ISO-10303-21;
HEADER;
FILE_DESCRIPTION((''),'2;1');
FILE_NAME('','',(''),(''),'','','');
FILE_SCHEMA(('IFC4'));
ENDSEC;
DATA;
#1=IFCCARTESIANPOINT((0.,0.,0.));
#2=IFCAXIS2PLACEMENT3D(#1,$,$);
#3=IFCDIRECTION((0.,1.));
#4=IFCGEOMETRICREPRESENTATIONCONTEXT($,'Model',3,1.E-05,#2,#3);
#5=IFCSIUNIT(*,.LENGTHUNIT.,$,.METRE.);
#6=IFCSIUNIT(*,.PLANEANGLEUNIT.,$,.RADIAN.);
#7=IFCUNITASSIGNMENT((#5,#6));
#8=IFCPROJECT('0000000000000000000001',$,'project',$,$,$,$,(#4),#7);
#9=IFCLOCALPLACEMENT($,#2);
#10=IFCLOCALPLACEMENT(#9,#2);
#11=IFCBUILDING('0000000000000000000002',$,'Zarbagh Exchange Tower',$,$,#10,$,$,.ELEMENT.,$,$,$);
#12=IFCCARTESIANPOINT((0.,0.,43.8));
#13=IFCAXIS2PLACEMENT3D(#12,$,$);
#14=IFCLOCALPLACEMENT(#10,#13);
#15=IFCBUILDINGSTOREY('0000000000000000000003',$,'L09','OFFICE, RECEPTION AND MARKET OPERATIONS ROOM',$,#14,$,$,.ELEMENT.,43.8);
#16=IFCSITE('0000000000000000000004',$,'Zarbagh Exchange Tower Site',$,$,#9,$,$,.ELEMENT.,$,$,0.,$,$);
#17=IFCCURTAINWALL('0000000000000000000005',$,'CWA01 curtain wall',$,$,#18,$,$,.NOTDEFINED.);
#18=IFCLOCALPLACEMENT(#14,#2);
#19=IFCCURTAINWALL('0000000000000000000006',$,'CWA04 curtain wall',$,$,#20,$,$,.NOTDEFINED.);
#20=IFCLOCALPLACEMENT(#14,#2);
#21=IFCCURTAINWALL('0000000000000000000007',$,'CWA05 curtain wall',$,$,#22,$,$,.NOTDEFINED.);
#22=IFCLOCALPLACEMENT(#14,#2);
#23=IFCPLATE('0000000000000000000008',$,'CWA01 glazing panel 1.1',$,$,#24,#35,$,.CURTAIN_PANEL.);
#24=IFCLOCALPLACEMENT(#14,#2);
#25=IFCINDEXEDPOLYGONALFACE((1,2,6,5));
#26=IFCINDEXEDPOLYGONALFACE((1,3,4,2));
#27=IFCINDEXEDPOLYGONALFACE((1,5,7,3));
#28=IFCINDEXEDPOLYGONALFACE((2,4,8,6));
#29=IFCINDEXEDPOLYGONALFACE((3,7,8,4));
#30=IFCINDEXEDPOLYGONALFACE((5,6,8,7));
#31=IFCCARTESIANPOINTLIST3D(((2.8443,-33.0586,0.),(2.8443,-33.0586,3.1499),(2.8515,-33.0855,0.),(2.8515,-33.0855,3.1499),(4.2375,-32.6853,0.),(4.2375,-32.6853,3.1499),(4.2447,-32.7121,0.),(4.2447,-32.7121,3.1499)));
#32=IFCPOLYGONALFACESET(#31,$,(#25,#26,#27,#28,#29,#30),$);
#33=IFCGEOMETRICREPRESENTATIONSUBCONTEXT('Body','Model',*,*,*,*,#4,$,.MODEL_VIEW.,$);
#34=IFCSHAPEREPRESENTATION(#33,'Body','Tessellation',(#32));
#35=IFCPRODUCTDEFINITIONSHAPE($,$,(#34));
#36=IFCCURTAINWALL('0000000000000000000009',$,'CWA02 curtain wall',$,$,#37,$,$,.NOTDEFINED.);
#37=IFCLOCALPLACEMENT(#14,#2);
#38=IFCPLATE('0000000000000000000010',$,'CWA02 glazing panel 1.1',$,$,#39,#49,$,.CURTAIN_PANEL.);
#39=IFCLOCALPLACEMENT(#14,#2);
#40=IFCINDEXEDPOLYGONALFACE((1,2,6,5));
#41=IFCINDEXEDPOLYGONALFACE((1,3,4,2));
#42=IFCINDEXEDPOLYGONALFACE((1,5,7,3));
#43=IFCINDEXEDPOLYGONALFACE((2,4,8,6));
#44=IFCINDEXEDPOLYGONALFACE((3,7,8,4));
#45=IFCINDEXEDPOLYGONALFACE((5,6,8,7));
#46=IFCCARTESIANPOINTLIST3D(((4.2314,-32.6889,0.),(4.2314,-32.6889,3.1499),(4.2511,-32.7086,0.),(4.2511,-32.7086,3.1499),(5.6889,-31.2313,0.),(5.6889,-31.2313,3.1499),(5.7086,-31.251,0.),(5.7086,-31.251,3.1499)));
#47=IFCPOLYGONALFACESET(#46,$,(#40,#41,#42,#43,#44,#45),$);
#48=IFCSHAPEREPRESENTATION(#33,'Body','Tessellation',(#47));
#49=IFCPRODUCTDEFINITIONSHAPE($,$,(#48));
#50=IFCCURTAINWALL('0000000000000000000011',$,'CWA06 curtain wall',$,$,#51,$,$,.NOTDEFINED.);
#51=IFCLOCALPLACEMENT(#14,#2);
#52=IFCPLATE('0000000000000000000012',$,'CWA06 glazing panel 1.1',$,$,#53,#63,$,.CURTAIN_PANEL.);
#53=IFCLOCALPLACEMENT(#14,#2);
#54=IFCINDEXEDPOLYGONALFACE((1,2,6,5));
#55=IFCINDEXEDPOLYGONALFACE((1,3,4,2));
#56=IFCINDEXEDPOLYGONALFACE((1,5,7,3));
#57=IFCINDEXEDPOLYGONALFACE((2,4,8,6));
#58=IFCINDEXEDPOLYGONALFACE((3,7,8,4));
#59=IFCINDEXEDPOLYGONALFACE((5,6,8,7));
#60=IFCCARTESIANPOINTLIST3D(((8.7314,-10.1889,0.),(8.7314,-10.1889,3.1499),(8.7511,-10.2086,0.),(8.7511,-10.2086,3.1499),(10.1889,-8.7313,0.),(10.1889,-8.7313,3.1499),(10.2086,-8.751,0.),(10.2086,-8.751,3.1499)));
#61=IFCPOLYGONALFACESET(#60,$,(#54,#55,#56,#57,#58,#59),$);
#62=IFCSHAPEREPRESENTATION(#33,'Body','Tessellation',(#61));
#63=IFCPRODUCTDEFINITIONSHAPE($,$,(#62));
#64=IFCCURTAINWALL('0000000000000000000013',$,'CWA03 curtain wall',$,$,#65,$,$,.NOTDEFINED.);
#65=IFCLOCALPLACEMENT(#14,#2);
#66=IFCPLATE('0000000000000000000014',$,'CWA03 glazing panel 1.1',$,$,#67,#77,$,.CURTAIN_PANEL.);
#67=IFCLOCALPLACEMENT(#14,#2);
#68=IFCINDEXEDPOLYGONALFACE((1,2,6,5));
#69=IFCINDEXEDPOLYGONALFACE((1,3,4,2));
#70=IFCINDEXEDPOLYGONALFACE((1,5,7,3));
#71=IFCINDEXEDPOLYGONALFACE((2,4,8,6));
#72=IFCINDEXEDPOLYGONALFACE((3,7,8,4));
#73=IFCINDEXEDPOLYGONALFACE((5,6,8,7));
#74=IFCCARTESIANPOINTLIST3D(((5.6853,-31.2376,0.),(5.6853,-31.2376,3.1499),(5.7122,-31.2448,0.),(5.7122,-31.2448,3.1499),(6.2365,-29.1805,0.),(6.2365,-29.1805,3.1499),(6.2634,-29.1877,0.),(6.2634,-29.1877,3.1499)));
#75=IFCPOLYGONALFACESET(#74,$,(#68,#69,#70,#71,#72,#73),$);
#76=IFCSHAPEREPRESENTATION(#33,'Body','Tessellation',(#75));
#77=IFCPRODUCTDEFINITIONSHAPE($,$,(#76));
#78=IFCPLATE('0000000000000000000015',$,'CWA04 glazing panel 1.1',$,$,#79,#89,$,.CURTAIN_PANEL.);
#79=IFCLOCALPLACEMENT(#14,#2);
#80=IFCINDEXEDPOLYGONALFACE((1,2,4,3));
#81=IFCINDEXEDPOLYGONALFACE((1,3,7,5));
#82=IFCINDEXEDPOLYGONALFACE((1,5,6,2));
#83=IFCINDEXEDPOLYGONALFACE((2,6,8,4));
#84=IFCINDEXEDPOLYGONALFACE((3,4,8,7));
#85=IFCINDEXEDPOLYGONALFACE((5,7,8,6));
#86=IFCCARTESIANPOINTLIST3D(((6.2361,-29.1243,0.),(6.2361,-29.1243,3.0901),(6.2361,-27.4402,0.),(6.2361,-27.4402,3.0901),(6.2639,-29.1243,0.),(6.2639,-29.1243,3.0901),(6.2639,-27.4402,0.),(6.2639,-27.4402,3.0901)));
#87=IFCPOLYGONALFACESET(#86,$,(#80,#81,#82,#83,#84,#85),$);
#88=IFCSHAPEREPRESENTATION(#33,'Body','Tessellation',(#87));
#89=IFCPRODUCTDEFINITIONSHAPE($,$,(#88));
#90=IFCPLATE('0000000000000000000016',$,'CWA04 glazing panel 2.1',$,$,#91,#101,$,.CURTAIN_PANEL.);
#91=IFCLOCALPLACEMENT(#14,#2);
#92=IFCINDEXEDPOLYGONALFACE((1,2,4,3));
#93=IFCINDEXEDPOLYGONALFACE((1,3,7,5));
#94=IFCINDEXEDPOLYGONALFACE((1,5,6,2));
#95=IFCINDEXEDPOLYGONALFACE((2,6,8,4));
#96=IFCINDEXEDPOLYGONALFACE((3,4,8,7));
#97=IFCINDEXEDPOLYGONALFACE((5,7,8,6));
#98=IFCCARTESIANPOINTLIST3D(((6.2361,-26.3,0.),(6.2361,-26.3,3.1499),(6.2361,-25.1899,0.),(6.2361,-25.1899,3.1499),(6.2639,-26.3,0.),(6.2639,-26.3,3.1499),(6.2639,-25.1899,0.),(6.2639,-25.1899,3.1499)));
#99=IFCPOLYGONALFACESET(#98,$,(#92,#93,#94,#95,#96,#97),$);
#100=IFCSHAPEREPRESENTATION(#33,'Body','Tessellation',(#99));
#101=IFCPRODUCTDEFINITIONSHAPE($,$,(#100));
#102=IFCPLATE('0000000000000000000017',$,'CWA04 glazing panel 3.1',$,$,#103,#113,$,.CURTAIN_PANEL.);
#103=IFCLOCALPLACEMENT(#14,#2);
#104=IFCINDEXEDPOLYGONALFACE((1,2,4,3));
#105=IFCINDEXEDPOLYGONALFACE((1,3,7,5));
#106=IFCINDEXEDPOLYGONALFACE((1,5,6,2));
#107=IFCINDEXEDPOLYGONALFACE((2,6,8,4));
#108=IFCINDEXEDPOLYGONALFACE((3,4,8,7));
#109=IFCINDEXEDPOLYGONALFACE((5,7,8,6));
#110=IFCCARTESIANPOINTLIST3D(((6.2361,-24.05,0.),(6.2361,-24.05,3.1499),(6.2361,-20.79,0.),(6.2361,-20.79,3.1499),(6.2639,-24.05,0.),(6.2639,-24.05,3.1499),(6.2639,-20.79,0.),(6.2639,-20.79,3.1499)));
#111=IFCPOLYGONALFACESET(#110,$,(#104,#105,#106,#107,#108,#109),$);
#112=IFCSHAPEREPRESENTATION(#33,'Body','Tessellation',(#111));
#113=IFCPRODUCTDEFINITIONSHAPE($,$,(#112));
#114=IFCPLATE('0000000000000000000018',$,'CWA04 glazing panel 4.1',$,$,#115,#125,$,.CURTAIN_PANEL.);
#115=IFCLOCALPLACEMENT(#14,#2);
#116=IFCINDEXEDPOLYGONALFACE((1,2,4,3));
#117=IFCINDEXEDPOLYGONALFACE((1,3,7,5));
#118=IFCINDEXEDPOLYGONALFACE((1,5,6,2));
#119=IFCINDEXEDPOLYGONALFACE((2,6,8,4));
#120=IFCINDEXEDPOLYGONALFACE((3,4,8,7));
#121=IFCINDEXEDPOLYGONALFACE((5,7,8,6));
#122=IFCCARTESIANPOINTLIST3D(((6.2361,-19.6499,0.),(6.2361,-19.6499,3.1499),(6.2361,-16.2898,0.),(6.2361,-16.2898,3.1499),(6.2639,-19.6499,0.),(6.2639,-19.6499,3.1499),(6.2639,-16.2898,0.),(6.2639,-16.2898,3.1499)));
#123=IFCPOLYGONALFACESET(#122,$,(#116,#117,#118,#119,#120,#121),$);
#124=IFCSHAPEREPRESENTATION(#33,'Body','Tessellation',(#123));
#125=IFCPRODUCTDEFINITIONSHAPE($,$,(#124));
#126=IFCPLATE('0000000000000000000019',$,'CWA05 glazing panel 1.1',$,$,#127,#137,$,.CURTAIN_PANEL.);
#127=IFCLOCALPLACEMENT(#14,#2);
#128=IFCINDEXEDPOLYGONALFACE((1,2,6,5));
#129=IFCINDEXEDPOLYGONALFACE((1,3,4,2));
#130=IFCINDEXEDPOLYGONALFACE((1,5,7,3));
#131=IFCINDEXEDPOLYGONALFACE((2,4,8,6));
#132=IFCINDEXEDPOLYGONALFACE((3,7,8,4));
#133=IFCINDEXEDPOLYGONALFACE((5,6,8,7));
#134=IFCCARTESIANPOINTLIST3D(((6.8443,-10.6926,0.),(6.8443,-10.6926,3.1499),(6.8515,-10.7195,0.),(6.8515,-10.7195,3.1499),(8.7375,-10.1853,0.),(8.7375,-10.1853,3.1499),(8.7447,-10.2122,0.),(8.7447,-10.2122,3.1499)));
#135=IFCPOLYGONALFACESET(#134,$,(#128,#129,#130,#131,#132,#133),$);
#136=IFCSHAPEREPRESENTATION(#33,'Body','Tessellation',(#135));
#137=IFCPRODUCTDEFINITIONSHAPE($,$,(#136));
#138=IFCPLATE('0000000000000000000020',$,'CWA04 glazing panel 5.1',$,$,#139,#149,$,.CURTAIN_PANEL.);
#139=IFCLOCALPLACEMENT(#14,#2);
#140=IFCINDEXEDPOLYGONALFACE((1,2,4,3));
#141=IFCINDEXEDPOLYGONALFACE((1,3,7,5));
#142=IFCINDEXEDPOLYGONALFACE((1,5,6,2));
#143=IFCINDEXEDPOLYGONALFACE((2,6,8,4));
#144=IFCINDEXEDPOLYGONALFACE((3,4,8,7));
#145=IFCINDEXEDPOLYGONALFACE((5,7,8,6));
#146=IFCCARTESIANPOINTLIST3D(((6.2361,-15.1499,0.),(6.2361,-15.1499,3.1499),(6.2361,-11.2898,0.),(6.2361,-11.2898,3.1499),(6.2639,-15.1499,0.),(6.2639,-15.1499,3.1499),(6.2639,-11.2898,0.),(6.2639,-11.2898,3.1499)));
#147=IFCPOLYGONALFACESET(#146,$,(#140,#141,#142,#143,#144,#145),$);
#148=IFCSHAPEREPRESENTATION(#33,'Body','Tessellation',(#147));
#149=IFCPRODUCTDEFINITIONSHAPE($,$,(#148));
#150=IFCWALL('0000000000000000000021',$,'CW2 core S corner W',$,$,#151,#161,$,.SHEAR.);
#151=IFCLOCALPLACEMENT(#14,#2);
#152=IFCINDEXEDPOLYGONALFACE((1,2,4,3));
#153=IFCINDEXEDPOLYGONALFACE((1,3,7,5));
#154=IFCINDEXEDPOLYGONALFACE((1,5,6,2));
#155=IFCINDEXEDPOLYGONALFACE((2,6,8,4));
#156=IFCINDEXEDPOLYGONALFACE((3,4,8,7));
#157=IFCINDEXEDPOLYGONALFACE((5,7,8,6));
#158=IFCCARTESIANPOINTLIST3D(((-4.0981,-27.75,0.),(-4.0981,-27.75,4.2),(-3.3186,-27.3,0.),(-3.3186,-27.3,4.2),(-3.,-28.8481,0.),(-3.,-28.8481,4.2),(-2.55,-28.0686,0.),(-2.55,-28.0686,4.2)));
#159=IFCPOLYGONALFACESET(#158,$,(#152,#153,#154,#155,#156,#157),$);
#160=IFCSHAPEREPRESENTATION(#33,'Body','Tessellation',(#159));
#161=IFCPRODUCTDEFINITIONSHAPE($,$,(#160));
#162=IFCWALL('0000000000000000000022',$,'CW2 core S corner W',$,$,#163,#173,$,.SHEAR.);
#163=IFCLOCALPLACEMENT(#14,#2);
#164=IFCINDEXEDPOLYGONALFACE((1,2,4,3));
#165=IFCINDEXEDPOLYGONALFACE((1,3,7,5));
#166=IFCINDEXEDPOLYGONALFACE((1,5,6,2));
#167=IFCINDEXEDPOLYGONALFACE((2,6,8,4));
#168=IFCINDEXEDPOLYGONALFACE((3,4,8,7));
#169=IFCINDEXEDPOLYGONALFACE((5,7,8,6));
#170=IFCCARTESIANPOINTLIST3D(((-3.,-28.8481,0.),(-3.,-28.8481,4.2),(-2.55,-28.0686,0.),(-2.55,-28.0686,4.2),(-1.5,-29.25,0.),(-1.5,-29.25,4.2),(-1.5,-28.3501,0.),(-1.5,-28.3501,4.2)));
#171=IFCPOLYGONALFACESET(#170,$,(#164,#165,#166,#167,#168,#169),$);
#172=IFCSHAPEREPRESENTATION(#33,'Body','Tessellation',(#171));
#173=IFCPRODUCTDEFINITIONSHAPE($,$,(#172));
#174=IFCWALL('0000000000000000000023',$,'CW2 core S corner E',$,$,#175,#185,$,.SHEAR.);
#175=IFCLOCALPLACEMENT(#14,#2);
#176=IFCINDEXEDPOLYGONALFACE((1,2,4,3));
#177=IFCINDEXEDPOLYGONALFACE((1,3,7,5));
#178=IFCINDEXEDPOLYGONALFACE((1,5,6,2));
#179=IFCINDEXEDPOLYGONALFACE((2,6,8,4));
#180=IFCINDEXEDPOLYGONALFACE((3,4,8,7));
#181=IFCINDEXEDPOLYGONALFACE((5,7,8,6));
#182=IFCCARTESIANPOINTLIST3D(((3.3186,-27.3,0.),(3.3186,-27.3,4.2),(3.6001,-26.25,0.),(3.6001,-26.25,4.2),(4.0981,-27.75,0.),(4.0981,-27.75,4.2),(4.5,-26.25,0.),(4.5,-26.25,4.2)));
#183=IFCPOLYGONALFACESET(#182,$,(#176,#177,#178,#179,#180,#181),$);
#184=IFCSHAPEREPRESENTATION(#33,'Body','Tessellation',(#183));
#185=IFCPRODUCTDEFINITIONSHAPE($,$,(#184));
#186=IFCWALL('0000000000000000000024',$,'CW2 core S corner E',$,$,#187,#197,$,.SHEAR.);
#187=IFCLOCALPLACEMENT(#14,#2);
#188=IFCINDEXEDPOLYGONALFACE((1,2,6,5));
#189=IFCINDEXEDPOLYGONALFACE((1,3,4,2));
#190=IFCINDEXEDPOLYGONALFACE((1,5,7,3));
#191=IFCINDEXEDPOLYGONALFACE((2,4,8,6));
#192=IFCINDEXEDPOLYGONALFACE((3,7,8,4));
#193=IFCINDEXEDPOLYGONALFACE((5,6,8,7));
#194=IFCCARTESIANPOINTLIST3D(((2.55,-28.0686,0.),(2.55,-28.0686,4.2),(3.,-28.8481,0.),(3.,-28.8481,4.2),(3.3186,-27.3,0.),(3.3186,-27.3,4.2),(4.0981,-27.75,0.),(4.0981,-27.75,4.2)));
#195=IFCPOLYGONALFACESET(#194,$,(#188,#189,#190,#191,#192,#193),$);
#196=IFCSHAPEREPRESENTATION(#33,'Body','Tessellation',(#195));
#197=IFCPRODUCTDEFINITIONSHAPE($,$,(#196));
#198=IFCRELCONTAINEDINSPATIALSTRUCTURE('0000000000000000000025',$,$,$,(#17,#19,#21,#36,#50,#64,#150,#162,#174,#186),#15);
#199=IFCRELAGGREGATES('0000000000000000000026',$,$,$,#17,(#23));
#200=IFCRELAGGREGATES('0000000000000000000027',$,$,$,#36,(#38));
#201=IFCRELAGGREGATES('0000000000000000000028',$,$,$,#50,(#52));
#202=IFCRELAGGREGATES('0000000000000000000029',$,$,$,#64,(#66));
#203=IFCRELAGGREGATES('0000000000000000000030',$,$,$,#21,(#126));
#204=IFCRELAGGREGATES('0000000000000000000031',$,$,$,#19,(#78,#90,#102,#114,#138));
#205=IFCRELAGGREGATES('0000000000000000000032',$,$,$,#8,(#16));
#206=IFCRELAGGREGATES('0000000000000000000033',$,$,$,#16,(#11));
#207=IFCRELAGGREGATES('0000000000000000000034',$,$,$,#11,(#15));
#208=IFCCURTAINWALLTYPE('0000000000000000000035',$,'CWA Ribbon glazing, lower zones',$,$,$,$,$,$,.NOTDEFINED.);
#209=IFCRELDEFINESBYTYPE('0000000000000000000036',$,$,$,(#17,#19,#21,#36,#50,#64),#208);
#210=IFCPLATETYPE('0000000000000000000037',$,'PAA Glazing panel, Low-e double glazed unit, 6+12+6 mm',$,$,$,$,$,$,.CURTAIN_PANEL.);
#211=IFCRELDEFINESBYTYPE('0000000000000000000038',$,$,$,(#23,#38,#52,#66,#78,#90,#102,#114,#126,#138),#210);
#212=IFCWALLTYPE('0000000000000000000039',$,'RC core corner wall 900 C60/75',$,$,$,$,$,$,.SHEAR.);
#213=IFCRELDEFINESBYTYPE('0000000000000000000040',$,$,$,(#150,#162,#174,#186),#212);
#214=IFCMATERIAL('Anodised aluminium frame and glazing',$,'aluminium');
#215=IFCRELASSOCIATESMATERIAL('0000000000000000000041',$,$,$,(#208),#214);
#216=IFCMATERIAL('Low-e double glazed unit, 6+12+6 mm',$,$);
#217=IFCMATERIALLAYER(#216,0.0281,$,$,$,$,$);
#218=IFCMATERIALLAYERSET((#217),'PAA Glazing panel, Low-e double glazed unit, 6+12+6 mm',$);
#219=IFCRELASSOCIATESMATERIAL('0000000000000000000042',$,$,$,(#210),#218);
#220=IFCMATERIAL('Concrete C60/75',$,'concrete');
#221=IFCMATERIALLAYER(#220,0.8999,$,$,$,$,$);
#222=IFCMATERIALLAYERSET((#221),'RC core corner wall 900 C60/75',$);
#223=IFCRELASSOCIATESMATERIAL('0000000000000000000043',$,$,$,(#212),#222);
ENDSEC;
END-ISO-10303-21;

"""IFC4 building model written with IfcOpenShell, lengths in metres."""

from ifc_helpers import new_model, si_unit, direction, frame, origin, place, context, subcontext, project, spatial, polyline, outline, extrude, source, transform, mapped, material, layer, layer_set, type_object, element, aggregate, save


model = new_model("IFC4")

# Units and contexts
model_context = context("Model", 3, precision=1e-05, world=origin(), true_north=direction((0.0, 1.0)))
body_context = subcontext(model_context, "Body", "Model", "MODEL_VIEW")
ifc_project = project(units=[si_unit("LENGTHUNIT", "METRE"), si_unit("PLANEANGLEUNIT", "RADIAN")], contexts=[model_context])

# Site, building, storey
site_placement = place(None, origin())
site = spatial("IfcSite", under=ifc_project, at=site_placement, Name="Zarbagh Exchange Tower Site", CompositionType="ELEMENT", RefElevation=0.0)
building_placement = place(site_placement, origin())
building = spatial("IfcBuilding", under=site, at=building_placement, Name="Zarbagh Exchange Tower", CompositionType="ELEMENT")
storey_placement = place(building_placement, frame((0.0, 0.0, 43.8)))
storey = spatial("IfcBuildingStorey", under=building, at=storey_placement, Name="L09", Description="OFFICE, RECEPTION AND MARKET OPERATIONS ROOM", CompositionType="ELEMENT", Elevation=43.8)

# Curtain wall
ifc_material_1 = material(Name="Anodised aluminium frame and glazing", Category="aluminium")
curtain_wall_type = type_object("IfcCurtainWallType", Name="CWA Ribbon glazing, lower zones", PredefinedType="NOTDEFINED", material=ifc_material_1)
curtain_wall_1_placement = place(storey_placement, origin())
curtain_wall_1 = element("IfcCurtainWall", 1, at=curtain_wall_1_placement, inside=storey, type_object=curtain_wall_type, Name="CWA01 curtain wall", PredefinedType="NOTDEFINED")
placement = place(storey_placement, origin())

# Curtain wall
curtain_wall_2_placement = place(storey_placement, origin())
curtain_wall_2 = element("IfcCurtainWall", 2, at=curtain_wall_2_placement, inside=storey, type_object=curtain_wall_type, Name="CWA04 curtain wall", PredefinedType="NOTDEFINED")

# Curtain wall
curtain_wall_3_placement = place(storey_placement, origin())
curtain_wall_3 = element("IfcCurtainWall", 3, at=curtain_wall_3_placement, inside=storey, type_object=curtain_wall_type, Name="CWA05 curtain wall", PredefinedType="NOTDEFINED")

# Plate
ifc_material_2 = material(Name="Low-e double glazed unit, 6+12+6 mm")
ifc_layer_1 = layer(ifc_material_2, 0.0281)
ifc_layer_set_1 = layer_set([ifc_layer_1], Name="PAA Glazing panel, Low-e double glazed unit, 6+12+6 mm")
plate_type = type_object("IfcPlateType", Name="PAA Glazing panel, Low-e double glazed unit, 6+12+6 mm", PredefinedType="CURTAIN_PANEL", material=ifc_layer_set_1)
shared_shape_1 = source(origin(), body_context, "Body", "SweptSolid", [
    extrude(outline(polyline([(0.0, -0.0139), (1.4424, -0.0139), (1.4424, 0.0139), (0.0, 0.0139), (0.0, -0.0139)])), origin(), (0.0, 0.0, 1.0), 3.1499),
])
plate_1 = element("IfcPlate", 4, at=placement, type_object=plate_type, Name="CWA01 glazing panel 1.1", PredefinedType="CURTAIN_PANEL", context=body_context, shape_type="MappedRepresentation", body=[
    mapped(shared_shape_1, transform((2.8479, -33.072, 0.0), x_axis=(0.965924, 0.258825, 0.0), y_axis=(-0.258825, 0.965924, 0.0), z_axis=(0.0, 0.0, 1.0))),
])
aggregate(curtain_wall_1, [plate_1])

# Curtain walls, plates
curtain_wall_4_placement = place(storey_placement, origin())
curtain_wall_4 = element("IfcCurtainWall", 5, at=curtain_wall_4_placement, inside=storey, type_object=curtain_wall_type, Name="CWA02 curtain wall", PredefinedType="NOTDEFINED")
shared_shape_2 = source(origin(), body_context, "Body", "SweptSolid", [
    extrude(outline(polyline([(0.0, -0.0139), (2.0613, -0.0139), (2.0613, 0.0139), (0.0, 0.0139), (0.0, -0.0139)])), origin(), (0.0, 0.0, 1.0), 3.1499),
])
plate_2 = element("IfcPlate", 6, at=placement, type_object=plate_type, Name="CWA02 glazing panel 1.1", PredefinedType="CURTAIN_PANEL", context=body_context, shape_type="MappedRepresentation", body=[
    mapped(shared_shape_2, transform((4.2412, -32.6987, 0.0), x_axis=(0.707107, 0.707107, 0.0), y_axis=(-0.707107, 0.707107, 0.0), z_axis=(0.0, 0.0, 1.0))),
])
aggregate(curtain_wall_4, [plate_2])
curtain_wall_5_placement = place(storey_placement, origin())
curtain_wall_5 = element("IfcCurtainWall", 7, at=curtain_wall_5_placement, inside=storey, type_object=curtain_wall_type, Name="CWA06 curtain wall", PredefinedType="NOTDEFINED")
plate_3 = element("IfcPlate", 8, at=placement, type_object=plate_type, Name="CWA06 glazing panel 1.1", PredefinedType="CURTAIN_PANEL", context=body_context, shape_type="MappedRepresentation", body=[
    mapped(shared_shape_2, transform((8.7412, -10.1987, 0.0), x_axis=(0.707107, 0.707107, 0.0), y_axis=(-0.707107, 0.707107, 0.0), z_axis=(0.0, 0.0, 1.0))),
])
aggregate(curtain_wall_5, [plate_3])
curtain_wall_6_placement = place(storey_placement, origin())
curtain_wall_6 = element("IfcCurtainWall", 9, at=curtain_wall_6_placement, inside=storey, type_object=curtain_wall_type, Name="CWA03 curtain wall", PredefinedType="NOTDEFINED")
shared_shape_3 = source(origin(), body_context, "Body", "SweptSolid", [
    extrude(outline(polyline([(0.0, -0.0139), (2.1296, -0.0139), (2.1296, 0.0139), (0.0, 0.0139), (0.0, -0.0139)])), origin(), (0.0, 0.0, 1.0), 3.1499),
])
plate_4 = element("IfcPlate", 10, at=placement, type_object=plate_type, Name="CWA03 glazing panel 1.1", PredefinedType="CURTAIN_PANEL", context=body_context, shape_type="MappedRepresentation", body=[
    mapped(shared_shape_3, transform((5.6987, -31.2412, 0.0), x_axis=(0.258825, 0.965924, 0.0), y_axis=(-0.965924, 0.258825, 0.0), z_axis=(0.0, 0.0, 1.0))),
])
aggregate(curtain_wall_6, [plate_4])

# Plates
shared_shape_4 = source(origin(), body_context, "Body", "SweptSolid", [
    extrude(outline(polyline([(0.0, -0.0139), (1.6841, -0.0139), (1.6841, 0.0139), (0.0, 0.0139), (0.0, -0.0139)])), origin(), (0.0, 0.0, 1.0), 3.0901),
])
plate_5 = element("IfcPlate", 11, at=placement, type_object=plate_type, Name="CWA04 glazing panel 1.1", PredefinedType="CURTAIN_PANEL", context=body_context, shape_type="MappedRepresentation", body=[
    mapped(shared_shape_4, transform((6.25, -29.1243, 0.0), x_axis=(0.0, 1.0, 0.0), y_axis=(-1.0, 0.0, 0.0), z_axis=(0.0, 0.0, 1.0))),
])
shared_shape_5 = source(origin(), body_context, "Body", "SweptSolid", [
    extrude(outline(polyline([(0.0, -0.0139), (1.1101, -0.0139), (1.1101, 0.0139), (0.0, 0.0139), (0.0, -0.0139)])), origin(), (0.0, 0.0, 1.0), 3.1499),
])
plate_6 = element("IfcPlate", 12, at=placement, type_object=plate_type, Name="CWA04 glazing panel 2.1", PredefinedType="CURTAIN_PANEL", context=body_context, shape_type="MappedRepresentation", body=[
    mapped(shared_shape_5, transform((6.25, -26.3, 0.0), x_axis=(0.0, 1.0, 0.0), y_axis=(-1.0, 0.0, 0.0), z_axis=(0.0, 0.0, 1.0))),
])
shared_shape_6 = source(origin(), body_context, "Body", "SweptSolid", [
    extrude(outline(polyline([(0.0, -0.0139), (3.26, -0.0139), (3.26, 0.0139), (0.0, 0.0139), (0.0, -0.0139)])), origin(), (0.0, 0.0, 1.0), 3.1499),
])
plate_7 = element("IfcPlate", 13, at=placement, type_object=plate_type, Name="CWA04 glazing panel 3.1", PredefinedType="CURTAIN_PANEL", context=body_context, shape_type="MappedRepresentation", body=[
    mapped(shared_shape_6, transform((6.25, -24.05, 0.0), x_axis=(0.0, 1.0, 0.0), y_axis=(-1.0, 0.0, 0.0), z_axis=(0.0, 0.0, 1.0))),
])
shared_shape_7 = source(origin(), body_context, "Body", "SweptSolid", [
    extrude(outline(polyline([(0.0, -0.0139), (3.3601, -0.0139), (3.3601, 0.0139), (0.0, 0.0139), (0.0, -0.0139)])), origin(), (0.0, 0.0, 1.0), 3.1499),
])
plate_8 = element("IfcPlate", 14, at=placement, type_object=plate_type, Name="CWA04 glazing panel 4.1", PredefinedType="CURTAIN_PANEL", context=body_context, shape_type="MappedRepresentation", body=[
    mapped(shared_shape_7, transform((6.25, -19.6499, 0.0), x_axis=(0.0, 1.0, 0.0), y_axis=(-1.0, 0.0, 0.0), z_axis=(0.0, 0.0, 1.0))),
])
shared_shape_8 = source(origin(), body_context, "Body", "SweptSolid", [
    extrude(outline(polyline([(0.0, -0.0139), (1.96, -0.0139), (1.96, 0.0139), (0.0, 0.0139), (0.0, -0.0139)])), origin(), (0.0, 0.0, 1.0), 3.1499),
])
plate_9 = element("IfcPlate", 15, at=placement, type_object=plate_type, Name="CWA05 glazing panel 1.1", PredefinedType="CURTAIN_PANEL", context=body_context, shape_type="MappedRepresentation", body=[
    mapped(shared_shape_8, transform((6.8479, -10.7061, 0.0), x_axis=(0.965924, 0.258825, 0.0), y_axis=(-0.258825, 0.965924, 0.0), z_axis=(0.0, 0.0, 1.0))),
])
aggregate(curtain_wall_3, [plate_9])
shared_shape_9 = source(origin(), body_context, "Body", "SweptSolid", [
    extrude(outline(polyline([(0.0, -0.0139), (3.8601, -0.0139), (3.8601, 0.0139), (0.0, 0.0139), (0.0, -0.0139)])), origin(), (0.0, 0.0, 1.0), 3.1499),
])
plate_10 = element("IfcPlate", 16, at=placement, type_object=plate_type, Name="CWA04 glazing panel 5.1", PredefinedType="CURTAIN_PANEL", context=body_context, shape_type="MappedRepresentation", body=[
    mapped(shared_shape_9, transform((6.25, -15.1499, 0.0), x_axis=(0.0, 1.0, 0.0), y_axis=(-1.0, 0.0, 0.0), z_axis=(0.0, 0.0, 1.0))),
])
aggregate(curtain_wall_2, [plate_5, plate_6, plate_7, plate_8, plate_10])

# Walls
ifc_material_3 = material(Name="Concrete C60/75", Category="concrete")
ifc_layer_2 = layer(ifc_material_3, 0.8999)
ifc_layer_set_2 = layer_set([ifc_layer_2], Name="RC core corner wall 900 C60/75")
wall_type = type_object("IfcWallType", Name="RC core corner wall 900 C60/75", PredefinedType="SHEAR", material=ifc_layer_set_2)
wall_1_placement = place(storey_placement, origin())
element("IfcWall", 17, at=wall_1_placement, inside=storey, type_object=wall_type, Name="CW2 core S corner W", PredefinedType="SHEAR", context=body_context, shape_type="SweptSolid", body=[
    extrude(outline(polyline([(-4.0981, -27.75), (-3.0, -28.8481), (-2.55, -28.0686), (-3.3186, -27.3), (-4.0981, -27.75)])), origin(), (0.0, 0.0, 1.0), 4.2),
])
wall_2_placement = place(storey_placement, origin())
element("IfcWall", 18, at=wall_2_placement, inside=storey, type_object=wall_type, Name="CW2 core S corner W", PredefinedType="SHEAR", context=body_context, shape_type="SweptSolid", body=[
    extrude(outline(polyline([(-3.0, -28.8481), (-1.5, -29.25), (-1.5, -28.3501), (-2.55, -28.0686), (-3.0, -28.8481)])), origin(), (0.0, 0.0, 1.0), 4.2),
])
wall_3_placement = place(storey_placement, origin())
element("IfcWall", 19, at=wall_3_placement, inside=storey, type_object=wall_type, Name="CW2 core S corner E", PredefinedType="SHEAR", context=body_context, shape_type="SweptSolid", body=[
    extrude(outline(polyline([(4.5, -26.25), (4.0981, -27.75), (3.3186, -27.3), (3.6001, -26.25), (4.5, -26.25)])), origin(), (0.0, 0.0, 1.0), 4.2),
])
wall_4_placement = place(storey_placement, origin())
element("IfcWall", 20, at=wall_4_placement, inside=storey, type_object=wall_type, Name="CW2 core S corner E", PredefinedType="SHEAR", context=body_context, shape_type="SweptSolid", body=[
    extrude(outline(polyline([(4.0981, -27.75), (3.0, -28.8481), (2.55, -28.0686), (3.3186, -27.3), (4.0981, -27.75)])), origin(), (0.0, 0.0, 1.0), 4.2),
])

save(model, "model.ifc")
